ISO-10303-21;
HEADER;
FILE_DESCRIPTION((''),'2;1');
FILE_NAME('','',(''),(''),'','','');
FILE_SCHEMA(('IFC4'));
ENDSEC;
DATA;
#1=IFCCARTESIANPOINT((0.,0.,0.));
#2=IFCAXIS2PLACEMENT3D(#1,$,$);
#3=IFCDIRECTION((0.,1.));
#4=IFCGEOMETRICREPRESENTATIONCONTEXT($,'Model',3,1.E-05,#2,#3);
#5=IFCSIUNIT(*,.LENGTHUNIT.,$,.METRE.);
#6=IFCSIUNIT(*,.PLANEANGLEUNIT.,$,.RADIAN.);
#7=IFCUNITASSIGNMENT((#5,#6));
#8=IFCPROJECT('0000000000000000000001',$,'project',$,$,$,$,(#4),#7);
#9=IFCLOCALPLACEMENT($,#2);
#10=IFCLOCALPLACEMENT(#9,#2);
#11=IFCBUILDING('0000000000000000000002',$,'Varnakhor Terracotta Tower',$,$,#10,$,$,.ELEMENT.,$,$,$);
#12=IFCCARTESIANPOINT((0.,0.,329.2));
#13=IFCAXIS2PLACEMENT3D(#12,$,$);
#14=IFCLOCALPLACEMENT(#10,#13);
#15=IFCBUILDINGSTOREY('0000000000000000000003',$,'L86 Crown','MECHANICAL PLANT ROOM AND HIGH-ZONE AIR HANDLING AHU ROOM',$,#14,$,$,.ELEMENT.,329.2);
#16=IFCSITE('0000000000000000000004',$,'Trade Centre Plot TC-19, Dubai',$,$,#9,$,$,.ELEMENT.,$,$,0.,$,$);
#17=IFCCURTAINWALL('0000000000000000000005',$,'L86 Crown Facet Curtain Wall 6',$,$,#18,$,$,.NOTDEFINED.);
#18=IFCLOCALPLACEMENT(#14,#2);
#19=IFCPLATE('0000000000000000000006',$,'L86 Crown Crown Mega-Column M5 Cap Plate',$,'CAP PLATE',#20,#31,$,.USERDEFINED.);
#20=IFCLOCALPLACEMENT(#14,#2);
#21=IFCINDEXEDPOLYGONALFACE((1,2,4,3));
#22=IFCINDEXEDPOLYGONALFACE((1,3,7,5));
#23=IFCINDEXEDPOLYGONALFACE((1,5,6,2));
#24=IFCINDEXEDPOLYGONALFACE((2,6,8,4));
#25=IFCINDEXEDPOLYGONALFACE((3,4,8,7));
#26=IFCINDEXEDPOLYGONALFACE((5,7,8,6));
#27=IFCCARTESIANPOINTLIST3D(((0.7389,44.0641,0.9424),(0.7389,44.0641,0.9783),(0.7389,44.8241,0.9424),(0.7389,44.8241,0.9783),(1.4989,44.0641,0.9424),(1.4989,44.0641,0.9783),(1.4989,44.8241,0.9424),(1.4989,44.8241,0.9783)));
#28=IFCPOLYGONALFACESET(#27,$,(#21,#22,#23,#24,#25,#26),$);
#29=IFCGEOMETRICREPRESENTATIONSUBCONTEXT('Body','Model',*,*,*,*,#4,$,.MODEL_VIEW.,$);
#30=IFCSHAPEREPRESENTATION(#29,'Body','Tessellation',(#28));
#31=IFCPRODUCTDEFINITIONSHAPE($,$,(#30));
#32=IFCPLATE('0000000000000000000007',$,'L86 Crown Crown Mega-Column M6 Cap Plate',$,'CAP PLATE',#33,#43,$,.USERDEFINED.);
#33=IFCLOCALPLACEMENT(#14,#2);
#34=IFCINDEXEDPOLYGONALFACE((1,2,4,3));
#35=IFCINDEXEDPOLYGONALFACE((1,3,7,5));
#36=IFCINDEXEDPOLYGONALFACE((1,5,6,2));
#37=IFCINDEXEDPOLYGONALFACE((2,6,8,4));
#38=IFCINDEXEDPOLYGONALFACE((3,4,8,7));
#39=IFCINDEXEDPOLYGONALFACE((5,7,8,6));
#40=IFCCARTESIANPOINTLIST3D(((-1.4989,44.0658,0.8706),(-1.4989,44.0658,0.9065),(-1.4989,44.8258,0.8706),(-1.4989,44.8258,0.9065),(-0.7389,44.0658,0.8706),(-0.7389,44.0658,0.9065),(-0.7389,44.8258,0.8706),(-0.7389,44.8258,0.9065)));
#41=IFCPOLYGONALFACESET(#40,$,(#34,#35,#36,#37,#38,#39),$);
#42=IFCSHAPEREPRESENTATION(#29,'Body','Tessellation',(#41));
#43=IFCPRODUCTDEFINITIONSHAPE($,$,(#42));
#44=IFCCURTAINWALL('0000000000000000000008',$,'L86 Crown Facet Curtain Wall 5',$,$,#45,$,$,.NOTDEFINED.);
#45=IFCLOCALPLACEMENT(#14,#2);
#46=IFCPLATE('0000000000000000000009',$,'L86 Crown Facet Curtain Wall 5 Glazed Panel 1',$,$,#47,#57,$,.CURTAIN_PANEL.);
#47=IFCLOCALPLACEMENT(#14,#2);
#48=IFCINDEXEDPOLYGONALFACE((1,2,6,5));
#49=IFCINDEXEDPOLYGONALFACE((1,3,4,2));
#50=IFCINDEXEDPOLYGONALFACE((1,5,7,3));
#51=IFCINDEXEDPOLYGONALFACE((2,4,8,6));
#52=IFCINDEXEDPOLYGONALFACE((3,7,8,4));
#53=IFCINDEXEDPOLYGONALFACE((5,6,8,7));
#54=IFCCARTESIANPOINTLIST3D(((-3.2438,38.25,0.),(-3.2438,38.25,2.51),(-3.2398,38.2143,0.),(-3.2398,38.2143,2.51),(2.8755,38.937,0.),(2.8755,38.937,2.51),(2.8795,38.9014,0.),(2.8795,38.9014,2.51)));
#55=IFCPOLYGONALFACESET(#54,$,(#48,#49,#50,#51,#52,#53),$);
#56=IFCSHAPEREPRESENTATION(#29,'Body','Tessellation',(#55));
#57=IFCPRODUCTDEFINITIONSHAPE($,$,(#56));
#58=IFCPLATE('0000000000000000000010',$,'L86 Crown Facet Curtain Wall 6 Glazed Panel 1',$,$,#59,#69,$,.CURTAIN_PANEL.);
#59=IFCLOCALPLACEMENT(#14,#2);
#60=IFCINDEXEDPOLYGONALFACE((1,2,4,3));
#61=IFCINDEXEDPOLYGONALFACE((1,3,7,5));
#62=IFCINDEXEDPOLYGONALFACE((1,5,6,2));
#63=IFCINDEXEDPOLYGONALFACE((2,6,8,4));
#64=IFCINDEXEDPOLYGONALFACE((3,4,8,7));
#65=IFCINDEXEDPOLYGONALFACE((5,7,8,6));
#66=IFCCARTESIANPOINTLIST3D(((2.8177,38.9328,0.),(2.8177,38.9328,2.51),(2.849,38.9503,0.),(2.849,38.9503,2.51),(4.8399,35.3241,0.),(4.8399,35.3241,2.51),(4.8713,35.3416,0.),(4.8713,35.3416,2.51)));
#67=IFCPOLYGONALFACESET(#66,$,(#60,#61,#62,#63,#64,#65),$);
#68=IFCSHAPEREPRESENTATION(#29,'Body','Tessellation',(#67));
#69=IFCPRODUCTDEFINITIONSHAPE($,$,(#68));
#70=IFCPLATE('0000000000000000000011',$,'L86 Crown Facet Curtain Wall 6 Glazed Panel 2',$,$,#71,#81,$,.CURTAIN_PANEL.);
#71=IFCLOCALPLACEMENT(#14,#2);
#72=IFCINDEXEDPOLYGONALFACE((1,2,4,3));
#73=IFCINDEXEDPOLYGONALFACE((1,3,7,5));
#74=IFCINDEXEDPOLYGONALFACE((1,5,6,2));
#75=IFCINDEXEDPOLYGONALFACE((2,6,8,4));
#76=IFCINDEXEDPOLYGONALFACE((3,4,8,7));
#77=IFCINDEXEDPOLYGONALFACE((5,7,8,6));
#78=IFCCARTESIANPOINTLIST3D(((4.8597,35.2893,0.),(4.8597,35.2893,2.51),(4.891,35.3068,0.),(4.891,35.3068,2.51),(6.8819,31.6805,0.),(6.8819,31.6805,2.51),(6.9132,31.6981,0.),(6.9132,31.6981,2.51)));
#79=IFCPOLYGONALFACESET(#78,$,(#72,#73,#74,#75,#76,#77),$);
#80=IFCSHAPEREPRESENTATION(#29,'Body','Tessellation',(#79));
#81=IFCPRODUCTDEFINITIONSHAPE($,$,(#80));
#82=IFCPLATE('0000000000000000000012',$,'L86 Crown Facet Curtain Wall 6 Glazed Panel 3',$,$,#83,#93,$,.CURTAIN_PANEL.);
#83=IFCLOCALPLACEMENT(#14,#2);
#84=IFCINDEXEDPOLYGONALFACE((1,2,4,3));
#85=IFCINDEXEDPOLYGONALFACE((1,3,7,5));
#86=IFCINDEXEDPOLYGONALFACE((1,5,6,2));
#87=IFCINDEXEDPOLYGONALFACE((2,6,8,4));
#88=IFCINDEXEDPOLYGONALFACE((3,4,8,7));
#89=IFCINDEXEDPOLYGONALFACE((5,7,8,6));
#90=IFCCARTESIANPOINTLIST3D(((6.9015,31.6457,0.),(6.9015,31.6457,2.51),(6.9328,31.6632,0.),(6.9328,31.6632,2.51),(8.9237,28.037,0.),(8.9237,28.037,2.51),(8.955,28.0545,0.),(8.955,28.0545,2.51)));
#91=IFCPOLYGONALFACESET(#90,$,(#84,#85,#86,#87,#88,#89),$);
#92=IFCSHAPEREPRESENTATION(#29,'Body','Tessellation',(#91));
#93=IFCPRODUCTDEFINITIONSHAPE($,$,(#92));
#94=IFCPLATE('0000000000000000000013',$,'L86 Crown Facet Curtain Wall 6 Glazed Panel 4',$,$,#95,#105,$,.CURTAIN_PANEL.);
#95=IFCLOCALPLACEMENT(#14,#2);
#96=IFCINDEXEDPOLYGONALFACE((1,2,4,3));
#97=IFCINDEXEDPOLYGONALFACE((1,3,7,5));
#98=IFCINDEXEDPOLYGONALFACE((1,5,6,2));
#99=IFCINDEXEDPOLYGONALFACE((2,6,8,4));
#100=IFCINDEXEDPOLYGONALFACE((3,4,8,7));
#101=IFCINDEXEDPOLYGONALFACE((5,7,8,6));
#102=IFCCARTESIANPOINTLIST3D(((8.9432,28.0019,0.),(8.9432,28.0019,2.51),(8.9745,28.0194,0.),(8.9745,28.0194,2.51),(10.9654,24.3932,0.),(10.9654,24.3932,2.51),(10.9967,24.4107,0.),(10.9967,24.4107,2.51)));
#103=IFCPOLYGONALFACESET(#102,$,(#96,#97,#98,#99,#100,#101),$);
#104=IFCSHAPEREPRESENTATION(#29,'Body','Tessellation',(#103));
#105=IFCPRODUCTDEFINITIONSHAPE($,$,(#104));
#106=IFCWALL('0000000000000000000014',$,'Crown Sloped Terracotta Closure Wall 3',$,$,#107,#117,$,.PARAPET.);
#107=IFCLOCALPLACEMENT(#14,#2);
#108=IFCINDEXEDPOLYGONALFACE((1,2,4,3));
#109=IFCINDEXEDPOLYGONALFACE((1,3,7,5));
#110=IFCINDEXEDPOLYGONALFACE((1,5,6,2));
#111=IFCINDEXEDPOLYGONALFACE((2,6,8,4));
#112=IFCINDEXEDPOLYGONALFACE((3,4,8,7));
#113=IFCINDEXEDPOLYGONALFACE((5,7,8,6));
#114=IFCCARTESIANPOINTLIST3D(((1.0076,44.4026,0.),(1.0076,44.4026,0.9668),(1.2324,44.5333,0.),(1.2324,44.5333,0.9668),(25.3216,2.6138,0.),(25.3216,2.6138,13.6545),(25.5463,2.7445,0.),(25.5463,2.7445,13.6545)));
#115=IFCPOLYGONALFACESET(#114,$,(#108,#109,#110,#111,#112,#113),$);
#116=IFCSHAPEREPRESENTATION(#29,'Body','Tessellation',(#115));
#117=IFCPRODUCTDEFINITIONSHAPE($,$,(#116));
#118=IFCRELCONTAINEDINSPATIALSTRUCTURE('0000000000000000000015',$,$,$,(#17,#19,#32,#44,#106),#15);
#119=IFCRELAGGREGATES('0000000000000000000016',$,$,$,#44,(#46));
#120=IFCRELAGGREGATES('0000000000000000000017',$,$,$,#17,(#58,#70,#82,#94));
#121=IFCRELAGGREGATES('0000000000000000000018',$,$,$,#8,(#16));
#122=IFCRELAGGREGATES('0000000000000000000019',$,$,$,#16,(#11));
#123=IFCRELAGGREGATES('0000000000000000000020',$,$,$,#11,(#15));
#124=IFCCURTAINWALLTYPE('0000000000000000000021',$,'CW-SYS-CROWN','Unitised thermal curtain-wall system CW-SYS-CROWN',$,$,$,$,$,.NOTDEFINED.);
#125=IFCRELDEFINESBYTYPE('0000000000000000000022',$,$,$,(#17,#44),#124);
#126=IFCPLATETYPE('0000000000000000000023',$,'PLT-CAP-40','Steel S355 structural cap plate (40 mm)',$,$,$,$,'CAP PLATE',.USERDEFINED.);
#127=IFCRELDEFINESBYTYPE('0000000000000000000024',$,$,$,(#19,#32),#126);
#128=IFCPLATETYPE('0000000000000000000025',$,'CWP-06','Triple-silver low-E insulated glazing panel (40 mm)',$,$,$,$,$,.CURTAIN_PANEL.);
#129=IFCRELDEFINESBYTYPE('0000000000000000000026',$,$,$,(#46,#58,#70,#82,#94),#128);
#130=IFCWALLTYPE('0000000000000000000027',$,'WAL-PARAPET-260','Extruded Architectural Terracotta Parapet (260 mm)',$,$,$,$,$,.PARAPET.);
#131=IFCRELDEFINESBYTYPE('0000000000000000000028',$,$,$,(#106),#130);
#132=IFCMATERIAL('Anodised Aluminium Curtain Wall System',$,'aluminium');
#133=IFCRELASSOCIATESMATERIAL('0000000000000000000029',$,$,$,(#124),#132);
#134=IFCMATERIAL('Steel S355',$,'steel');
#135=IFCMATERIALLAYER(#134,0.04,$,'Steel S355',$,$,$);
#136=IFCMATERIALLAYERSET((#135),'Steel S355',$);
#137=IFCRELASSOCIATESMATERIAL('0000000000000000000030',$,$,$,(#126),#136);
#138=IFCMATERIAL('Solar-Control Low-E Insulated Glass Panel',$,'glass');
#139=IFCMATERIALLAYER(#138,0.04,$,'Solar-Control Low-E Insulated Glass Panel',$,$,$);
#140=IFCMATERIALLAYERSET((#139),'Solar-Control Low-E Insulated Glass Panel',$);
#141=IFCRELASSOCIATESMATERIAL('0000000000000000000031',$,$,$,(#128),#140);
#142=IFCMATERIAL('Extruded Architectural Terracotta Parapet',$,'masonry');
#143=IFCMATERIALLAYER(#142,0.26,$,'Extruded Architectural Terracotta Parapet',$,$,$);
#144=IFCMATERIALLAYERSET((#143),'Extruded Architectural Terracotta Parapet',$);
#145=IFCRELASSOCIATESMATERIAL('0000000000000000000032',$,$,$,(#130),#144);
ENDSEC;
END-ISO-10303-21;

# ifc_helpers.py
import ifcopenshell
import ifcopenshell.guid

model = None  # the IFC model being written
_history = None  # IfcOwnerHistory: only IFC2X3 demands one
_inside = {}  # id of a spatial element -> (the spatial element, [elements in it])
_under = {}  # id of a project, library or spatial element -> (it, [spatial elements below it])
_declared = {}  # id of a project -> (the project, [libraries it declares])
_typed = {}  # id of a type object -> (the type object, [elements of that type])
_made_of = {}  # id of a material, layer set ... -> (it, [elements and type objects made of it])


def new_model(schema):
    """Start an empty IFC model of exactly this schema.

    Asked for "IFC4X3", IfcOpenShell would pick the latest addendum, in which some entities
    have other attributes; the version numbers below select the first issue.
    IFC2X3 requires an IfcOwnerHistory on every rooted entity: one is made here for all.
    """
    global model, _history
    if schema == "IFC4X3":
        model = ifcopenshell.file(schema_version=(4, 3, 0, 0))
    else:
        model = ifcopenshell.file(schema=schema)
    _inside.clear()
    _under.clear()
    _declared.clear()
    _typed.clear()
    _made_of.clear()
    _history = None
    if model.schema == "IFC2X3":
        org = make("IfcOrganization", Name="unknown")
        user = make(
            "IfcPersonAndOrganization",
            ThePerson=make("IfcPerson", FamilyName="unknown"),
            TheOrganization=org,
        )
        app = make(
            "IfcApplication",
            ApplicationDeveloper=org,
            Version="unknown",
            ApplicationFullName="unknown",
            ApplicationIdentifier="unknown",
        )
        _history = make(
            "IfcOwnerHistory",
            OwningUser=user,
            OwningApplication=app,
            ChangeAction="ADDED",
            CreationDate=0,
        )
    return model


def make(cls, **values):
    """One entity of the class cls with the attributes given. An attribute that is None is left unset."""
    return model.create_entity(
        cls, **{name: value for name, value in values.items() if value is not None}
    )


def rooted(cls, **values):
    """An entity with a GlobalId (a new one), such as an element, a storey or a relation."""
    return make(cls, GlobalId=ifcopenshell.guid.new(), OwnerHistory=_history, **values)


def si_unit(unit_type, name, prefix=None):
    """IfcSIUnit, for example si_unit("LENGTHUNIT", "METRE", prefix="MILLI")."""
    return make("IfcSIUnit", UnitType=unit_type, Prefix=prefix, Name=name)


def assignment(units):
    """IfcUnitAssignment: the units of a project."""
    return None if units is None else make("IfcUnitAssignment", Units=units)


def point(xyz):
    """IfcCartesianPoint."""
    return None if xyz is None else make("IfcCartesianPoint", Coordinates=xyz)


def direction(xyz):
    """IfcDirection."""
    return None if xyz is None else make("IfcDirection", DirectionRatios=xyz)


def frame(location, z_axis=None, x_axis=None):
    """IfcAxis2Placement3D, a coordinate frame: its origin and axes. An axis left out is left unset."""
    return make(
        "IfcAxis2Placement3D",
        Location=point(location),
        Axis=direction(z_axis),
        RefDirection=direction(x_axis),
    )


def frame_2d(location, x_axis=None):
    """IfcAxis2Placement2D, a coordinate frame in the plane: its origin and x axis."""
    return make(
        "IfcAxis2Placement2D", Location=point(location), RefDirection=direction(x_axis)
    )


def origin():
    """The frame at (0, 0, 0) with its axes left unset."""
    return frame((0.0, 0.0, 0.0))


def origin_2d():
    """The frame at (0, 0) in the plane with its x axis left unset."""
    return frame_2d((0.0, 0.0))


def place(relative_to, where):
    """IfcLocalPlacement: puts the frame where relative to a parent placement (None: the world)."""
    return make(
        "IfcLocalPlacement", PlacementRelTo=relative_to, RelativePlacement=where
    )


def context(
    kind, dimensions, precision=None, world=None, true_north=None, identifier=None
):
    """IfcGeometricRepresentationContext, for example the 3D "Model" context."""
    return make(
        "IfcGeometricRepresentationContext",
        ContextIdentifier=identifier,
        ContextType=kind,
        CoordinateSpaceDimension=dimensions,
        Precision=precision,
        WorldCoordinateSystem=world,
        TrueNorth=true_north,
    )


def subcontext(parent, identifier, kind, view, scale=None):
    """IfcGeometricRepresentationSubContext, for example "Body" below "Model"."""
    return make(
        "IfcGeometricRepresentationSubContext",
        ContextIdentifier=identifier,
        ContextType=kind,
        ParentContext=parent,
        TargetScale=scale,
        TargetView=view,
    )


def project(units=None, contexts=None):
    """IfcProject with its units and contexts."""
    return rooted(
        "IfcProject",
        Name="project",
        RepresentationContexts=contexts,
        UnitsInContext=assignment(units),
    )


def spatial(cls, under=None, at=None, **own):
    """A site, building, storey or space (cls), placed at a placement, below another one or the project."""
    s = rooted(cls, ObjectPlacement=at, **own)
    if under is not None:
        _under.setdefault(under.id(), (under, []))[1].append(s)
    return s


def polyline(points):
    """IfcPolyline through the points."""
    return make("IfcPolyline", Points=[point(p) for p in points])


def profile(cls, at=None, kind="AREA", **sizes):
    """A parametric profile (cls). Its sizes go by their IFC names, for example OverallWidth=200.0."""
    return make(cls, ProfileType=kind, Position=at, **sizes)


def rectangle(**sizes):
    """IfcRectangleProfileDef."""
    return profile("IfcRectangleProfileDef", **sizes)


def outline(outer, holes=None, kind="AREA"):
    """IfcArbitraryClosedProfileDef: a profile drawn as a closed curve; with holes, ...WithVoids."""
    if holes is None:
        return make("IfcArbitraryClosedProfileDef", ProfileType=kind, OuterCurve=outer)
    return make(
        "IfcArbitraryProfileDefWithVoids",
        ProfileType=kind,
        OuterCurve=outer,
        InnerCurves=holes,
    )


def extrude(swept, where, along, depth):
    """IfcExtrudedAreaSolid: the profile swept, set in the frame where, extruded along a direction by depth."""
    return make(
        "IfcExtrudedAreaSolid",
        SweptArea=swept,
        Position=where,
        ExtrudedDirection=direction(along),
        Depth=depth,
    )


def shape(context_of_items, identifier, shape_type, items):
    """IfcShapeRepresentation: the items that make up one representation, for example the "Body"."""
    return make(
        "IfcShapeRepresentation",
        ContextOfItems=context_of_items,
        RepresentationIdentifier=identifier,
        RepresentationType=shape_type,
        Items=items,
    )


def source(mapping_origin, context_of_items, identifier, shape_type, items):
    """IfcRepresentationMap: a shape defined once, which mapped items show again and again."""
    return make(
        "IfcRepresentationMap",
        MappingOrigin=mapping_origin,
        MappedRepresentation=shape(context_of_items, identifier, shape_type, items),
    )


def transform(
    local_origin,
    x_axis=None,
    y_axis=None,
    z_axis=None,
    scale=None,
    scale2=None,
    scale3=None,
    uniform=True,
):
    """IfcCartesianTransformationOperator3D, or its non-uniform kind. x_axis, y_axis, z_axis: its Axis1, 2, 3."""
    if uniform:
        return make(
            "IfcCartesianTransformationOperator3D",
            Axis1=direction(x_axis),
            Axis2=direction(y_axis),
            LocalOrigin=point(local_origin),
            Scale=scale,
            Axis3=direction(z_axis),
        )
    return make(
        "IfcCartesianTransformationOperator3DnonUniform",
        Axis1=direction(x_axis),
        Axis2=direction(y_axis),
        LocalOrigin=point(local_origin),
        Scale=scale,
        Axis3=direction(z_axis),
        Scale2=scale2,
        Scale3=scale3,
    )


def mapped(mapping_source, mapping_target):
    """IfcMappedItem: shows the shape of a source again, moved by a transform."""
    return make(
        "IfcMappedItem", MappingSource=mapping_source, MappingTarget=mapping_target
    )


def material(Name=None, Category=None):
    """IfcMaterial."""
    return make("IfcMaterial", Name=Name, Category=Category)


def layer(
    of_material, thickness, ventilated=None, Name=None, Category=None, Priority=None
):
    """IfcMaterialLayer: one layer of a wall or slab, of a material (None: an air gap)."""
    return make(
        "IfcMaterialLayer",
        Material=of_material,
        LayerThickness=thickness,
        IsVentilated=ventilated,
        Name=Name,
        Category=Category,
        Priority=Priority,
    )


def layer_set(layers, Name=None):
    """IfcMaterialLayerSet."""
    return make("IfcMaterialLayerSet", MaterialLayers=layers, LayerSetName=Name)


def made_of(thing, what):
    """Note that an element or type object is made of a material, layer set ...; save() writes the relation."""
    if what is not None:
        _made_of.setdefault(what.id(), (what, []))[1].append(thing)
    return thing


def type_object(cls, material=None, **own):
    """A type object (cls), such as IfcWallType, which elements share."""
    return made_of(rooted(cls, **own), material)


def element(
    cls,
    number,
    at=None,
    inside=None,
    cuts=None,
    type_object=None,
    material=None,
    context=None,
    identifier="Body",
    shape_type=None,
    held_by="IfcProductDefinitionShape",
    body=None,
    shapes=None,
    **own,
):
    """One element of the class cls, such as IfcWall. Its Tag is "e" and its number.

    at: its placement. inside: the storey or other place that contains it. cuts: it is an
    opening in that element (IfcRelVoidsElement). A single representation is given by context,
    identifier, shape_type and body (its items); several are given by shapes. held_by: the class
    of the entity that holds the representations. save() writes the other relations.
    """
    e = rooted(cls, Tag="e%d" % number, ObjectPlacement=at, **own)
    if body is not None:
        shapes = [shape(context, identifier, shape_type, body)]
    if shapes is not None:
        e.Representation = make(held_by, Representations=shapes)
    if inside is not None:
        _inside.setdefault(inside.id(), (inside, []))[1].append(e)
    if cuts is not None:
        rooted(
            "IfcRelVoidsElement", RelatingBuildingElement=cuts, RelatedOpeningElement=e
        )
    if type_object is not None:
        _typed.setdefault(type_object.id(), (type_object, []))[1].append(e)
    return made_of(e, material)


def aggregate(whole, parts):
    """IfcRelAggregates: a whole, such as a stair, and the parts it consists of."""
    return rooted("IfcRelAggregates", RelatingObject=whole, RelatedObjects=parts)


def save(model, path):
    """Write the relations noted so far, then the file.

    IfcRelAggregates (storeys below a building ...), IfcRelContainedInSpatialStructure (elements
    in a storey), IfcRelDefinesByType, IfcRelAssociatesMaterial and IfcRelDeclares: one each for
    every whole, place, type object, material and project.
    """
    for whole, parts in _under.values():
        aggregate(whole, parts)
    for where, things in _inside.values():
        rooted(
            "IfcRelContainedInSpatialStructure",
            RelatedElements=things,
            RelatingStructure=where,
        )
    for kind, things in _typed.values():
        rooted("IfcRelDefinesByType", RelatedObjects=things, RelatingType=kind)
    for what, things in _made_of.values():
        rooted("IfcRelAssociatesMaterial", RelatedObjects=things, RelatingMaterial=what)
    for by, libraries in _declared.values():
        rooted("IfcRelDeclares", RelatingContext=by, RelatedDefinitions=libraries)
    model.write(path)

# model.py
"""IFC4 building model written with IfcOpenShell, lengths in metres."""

from ifc_helpers import new_model, si_unit, direction, frame, origin, origin_2d, place, context, subcontext, project, spatial, polyline, rectangle, outline, extrude, source, transform, mapped, material, layer, layer_set, type_object, element, aggregate, save


model = new_model("IFC4")

# Units and contexts
model_context = context("Model", 3, precision=1e-05, world=origin(), true_north=direction((0.0, 1.0)))
body_context = subcontext(model_context, "Body", "Model", "MODEL_VIEW")
ifc_project = project(units=[si_unit("LENGTHUNIT", "METRE"), si_unit("PLANEANGLEUNIT", "RADIAN")], contexts=[model_context])

# Site, building, storey
site_placement = place(None, origin())
site = spatial("IfcSite", under=ifc_project, at=site_placement, Name="Trade Centre Plot TC-19, Dubai", CompositionType="ELEMENT", RefElevation=0.0)
building_placement = place(site_placement, origin())
building = spatial("IfcBuilding", under=site, at=building_placement, Name="Varnakhor Terracotta Tower", CompositionType="ELEMENT")
storey_placement = place(building_placement, frame((0.0, 0.0, 329.2)))
storey = spatial("IfcBuildingStorey", under=building, at=storey_placement, Name="L86 Crown", Description="MECHANICAL PLANT ROOM AND HIGH-ZONE AIR HANDLING AHU ROOM", CompositionType="ELEMENT", Elevation=329.2)

# Shared definitions
ifc_material_1 = material(Name="Steel S355", Category="steel")

# Curtain wall
ifc_material_2 = material(Name="Anodised Aluminium Curtain Wall System", Category="aluminium")
curtain_wall_type = type_object("IfcCurtainWallType", Name="CW-SYS-CROWN", Description="Unitised thermal curtain-wall system CW-SYS-CROWN", PredefinedType="NOTDEFINED", material=ifc_material_2)
curtain_wall_1_placement = place(storey_placement, origin())
curtain_wall_1 = element("IfcCurtainWall", 1, at=curtain_wall_1_placement, inside=storey, type_object=curtain_wall_type, Name="L86 Crown Facet Curtain Wall 6", PredefinedType="NOTDEFINED")

# Plates
ifc_layer_1 = layer(ifc_material_1, 0.04, Name="Steel S355")
ifc_layer_set_1 = layer_set([ifc_layer_1], Name="Steel S355")
plate_type_1 = type_object("IfcPlateType", Name="PLT-CAP-40", Description="Steel S355 structural cap plate (40 mm)", ElementType="CAP PLATE", PredefinedType="USERDEFINED", material=ifc_layer_set_1)
shared_shape_1 = source(origin(), body_context, "Body", "SweptSolid", [
    extrude(rectangle(XDim=0.76, YDim=0.76, at=origin_2d()), origin(), (0.0, 0.0, 1.0), 0.0359),
])
for number, where, z_axis, x_axis, name in (
    (2, (1.1189, 44.4441, 0.9424), (0.0, 0.0, 1.0), (1.0, 0.0, 0.0), "L86 Crown Crown Mega-Column M5 Cap Plate"),
    (3, (-1.1189, 44.4458, 0.8706), (0.0, 0.0, 1.0), (1.0, 0.0, 0.0), "L86 Crown Crown Mega-Column M6 Cap Plate"),
):
    element("IfcPlate", number, at=place(storey_placement, frame(where, z_axis=z_axis, x_axis=x_axis)), inside=storey, type_object=plate_type_1, Name=name, ObjectType="CAP PLATE", PredefinedType="USERDEFINED", context=body_context, shape_type="MappedRepresentation", body=[
        mapped(shared_shape_1, transform((0.0, 0.0, 0.0), scale=1.0)),
    ])

# Curtain wall, plate
curtain_wall_2_placement = place(storey_placement, origin())
curtain_wall_2 = element("IfcCurtainWall", 4, at=curtain_wall_2_placement, inside=storey, type_object=curtain_wall_type, Name="L86 Crown Facet Curtain Wall 5", PredefinedType="NOTDEFINED")
ifc_material_3 = material(Name="Solar-Control Low-E Insulated Glass Panel", Category="glass")
ifc_layer_2 = layer(ifc_material_3, 0.04, Name="Solar-Control Low-E Insulated Glass Panel")
ifc_layer_set_2 = layer_set([ifc_layer_2], Name="Solar-Control Low-E Insulated Glass Panel")
plate_type_2 = type_object("IfcPlateType", Name="CWP-06", Description="Triple-silver low-E insulated glazing panel (40 mm)", PredefinedType="CURTAIN_PANEL", material=ifc_layer_set_2)
shared_shape_2 = source(origin(), body_context, "Body", "SweptSolid", [
    extrude(rectangle(XDim=6.1577, YDim=0.0359, at=origin_2d()), origin(), (0.0, 0.0, 1.0), 2.51),
])
plate_1_placement = place(storey_placement, frame((-0.1821, 38.5757, 0.0), z_axis=(0.0, 0.0, 1.0), x_axis=(0.993756, 0.111573, 0.0)))
plate_1 = element("IfcPlate", 5, at=plate_1_placement, type_object=plate_type_2, Name="L86 Crown Facet Curtain Wall 5 Glazed Panel 1", PredefinedType="CURTAIN_PANEL", context=body_context, shape_type="MappedRepresentation", body=[
    mapped(shared_shape_2, transform((0.0, 0.0, 0.0), scale=1.0)),
])
aggregate(curtain_wall_2, [plate_1])

# Plates
shared_shape_3 = source(origin(), body_context, "Body", "SweptSolid", [
    extrude(rectangle(XDim=4.1367, YDim=0.0359, at=origin_2d()), origin(), (0.0, 0.0, 1.0), 2.51),
])
plate_2_placement = place(storey_placement, frame((3.8445, 37.1372, 0.0), z_axis=(0.0, 0.0, 1.0), x_axis=(0.48885, -0.872368, 0.0)))
plate_2 = element("IfcPlate", 6, at=plate_2_placement, type_object=plate_type_2, Name="L86 Crown Facet Curtain Wall 6 Glazed Panel 1", PredefinedType="CURTAIN_PANEL", context=body_context, shape_type="MappedRepresentation", body=[
    mapped(shared_shape_3, transform((0.0, 0.0, 0.0), scale=1.0)),
])
plate_3_placement = place(storey_placement, frame((5.8865, 33.4937, 0.0), z_axis=(0.0, 0.0, 1.0), x_axis=(0.48885, -0.872368, 0.0)))
plate_3 = element("IfcPlate", 7, at=plate_3_placement, type_object=plate_type_2, Name="L86 Crown Facet Curtain Wall 6 Glazed Panel 2", PredefinedType="CURTAIN_PANEL", context=body_context, shape_type="MappedRepresentation", body=[
    mapped(shared_shape_3, transform((0.0, 0.0, 0.0), scale=1.0)),
])
plate_4_placement = place(storey_placement, frame((7.9282, 29.8501, 0.0), z_axis=(0.0, 0.0, 1.0), x_axis=(0.48885, -0.872368, 0.0)))
plate_4 = element("IfcPlate", 8, at=plate_4_placement, type_object=plate_type_2, Name="L86 Crown Facet Curtain Wall 6 Glazed Panel 3", PredefinedType="CURTAIN_PANEL", context=body_context, shape_type="MappedRepresentation", body=[
    mapped(shared_shape_3, transform((0.0, 0.0, 0.0), scale=1.0)),
])
plate_5_placement = place(storey_placement, frame((9.97, 26.2063, 0.0), z_axis=(0.0, 0.0, 1.0), x_axis=(0.48885, -0.872368, 0.0)))
plate_5 = element("IfcPlate", 9, at=plate_5_placement, type_object=plate_type_2, Name="L86 Crown Facet Curtain Wall 6 Glazed Panel 4", PredefinedType="CURTAIN_PANEL", context=body_context, shape_type="MappedRepresentation", body=[
    mapped(shared_shape_3, transform((0.0, 0.0, 0.0), scale=1.0)),
])
aggregate(curtain_wall_1, [plate_2, plate_3, plate_4, plate_5])

# Wall
ifc_material_4 = material(Name="Extruded Architectural Terracotta Parapet", Category="masonry")
ifc_layer_3 = layer(ifc_material_4, 0.26, Name="Extruded Architectural Terracotta Parapet")
ifc_layer_set_3 = layer_set([ifc_layer_3], Name="Extruded Architectural Terracotta Parapet")
wall_type = type_object("IfcWallType", Name="WAL-PARAPET-260", Description="Extruded Architectural Terracotta Parapet (260 mm)", PredefinedType="PARAPET", material=ifc_layer_set_3)
wall_placement = place(storey_placement, frame((1.1201, 44.468, 0.0), z_axis=(0.0, 0.0, 1.0), x_axis=(0.502901, -0.864344, 0.0)))
element("IfcWall", 10, at=wall_placement, inside=storey, type_object=wall_type, Name="Crown Sloped Terracotta Closure Wall 3", PredefinedType="PARAPET", context=body_context, shape_type="SweptSolid", body=[
    extrude(outline(polyline([(0.0, 0.0), (48.3474, 0.0), (48.3474, 13.6545), (0.0, 0.9668), (0.0, 0.0)])), frame((0.0, 0.1299, 0.0), z_axis=(0.0, -1.0, 0.0), x_axis=(1.0, 0.0, 0.0)), (0.0, 0.0, 1.0), 0.26),
])

save(model, "model.ifc")
